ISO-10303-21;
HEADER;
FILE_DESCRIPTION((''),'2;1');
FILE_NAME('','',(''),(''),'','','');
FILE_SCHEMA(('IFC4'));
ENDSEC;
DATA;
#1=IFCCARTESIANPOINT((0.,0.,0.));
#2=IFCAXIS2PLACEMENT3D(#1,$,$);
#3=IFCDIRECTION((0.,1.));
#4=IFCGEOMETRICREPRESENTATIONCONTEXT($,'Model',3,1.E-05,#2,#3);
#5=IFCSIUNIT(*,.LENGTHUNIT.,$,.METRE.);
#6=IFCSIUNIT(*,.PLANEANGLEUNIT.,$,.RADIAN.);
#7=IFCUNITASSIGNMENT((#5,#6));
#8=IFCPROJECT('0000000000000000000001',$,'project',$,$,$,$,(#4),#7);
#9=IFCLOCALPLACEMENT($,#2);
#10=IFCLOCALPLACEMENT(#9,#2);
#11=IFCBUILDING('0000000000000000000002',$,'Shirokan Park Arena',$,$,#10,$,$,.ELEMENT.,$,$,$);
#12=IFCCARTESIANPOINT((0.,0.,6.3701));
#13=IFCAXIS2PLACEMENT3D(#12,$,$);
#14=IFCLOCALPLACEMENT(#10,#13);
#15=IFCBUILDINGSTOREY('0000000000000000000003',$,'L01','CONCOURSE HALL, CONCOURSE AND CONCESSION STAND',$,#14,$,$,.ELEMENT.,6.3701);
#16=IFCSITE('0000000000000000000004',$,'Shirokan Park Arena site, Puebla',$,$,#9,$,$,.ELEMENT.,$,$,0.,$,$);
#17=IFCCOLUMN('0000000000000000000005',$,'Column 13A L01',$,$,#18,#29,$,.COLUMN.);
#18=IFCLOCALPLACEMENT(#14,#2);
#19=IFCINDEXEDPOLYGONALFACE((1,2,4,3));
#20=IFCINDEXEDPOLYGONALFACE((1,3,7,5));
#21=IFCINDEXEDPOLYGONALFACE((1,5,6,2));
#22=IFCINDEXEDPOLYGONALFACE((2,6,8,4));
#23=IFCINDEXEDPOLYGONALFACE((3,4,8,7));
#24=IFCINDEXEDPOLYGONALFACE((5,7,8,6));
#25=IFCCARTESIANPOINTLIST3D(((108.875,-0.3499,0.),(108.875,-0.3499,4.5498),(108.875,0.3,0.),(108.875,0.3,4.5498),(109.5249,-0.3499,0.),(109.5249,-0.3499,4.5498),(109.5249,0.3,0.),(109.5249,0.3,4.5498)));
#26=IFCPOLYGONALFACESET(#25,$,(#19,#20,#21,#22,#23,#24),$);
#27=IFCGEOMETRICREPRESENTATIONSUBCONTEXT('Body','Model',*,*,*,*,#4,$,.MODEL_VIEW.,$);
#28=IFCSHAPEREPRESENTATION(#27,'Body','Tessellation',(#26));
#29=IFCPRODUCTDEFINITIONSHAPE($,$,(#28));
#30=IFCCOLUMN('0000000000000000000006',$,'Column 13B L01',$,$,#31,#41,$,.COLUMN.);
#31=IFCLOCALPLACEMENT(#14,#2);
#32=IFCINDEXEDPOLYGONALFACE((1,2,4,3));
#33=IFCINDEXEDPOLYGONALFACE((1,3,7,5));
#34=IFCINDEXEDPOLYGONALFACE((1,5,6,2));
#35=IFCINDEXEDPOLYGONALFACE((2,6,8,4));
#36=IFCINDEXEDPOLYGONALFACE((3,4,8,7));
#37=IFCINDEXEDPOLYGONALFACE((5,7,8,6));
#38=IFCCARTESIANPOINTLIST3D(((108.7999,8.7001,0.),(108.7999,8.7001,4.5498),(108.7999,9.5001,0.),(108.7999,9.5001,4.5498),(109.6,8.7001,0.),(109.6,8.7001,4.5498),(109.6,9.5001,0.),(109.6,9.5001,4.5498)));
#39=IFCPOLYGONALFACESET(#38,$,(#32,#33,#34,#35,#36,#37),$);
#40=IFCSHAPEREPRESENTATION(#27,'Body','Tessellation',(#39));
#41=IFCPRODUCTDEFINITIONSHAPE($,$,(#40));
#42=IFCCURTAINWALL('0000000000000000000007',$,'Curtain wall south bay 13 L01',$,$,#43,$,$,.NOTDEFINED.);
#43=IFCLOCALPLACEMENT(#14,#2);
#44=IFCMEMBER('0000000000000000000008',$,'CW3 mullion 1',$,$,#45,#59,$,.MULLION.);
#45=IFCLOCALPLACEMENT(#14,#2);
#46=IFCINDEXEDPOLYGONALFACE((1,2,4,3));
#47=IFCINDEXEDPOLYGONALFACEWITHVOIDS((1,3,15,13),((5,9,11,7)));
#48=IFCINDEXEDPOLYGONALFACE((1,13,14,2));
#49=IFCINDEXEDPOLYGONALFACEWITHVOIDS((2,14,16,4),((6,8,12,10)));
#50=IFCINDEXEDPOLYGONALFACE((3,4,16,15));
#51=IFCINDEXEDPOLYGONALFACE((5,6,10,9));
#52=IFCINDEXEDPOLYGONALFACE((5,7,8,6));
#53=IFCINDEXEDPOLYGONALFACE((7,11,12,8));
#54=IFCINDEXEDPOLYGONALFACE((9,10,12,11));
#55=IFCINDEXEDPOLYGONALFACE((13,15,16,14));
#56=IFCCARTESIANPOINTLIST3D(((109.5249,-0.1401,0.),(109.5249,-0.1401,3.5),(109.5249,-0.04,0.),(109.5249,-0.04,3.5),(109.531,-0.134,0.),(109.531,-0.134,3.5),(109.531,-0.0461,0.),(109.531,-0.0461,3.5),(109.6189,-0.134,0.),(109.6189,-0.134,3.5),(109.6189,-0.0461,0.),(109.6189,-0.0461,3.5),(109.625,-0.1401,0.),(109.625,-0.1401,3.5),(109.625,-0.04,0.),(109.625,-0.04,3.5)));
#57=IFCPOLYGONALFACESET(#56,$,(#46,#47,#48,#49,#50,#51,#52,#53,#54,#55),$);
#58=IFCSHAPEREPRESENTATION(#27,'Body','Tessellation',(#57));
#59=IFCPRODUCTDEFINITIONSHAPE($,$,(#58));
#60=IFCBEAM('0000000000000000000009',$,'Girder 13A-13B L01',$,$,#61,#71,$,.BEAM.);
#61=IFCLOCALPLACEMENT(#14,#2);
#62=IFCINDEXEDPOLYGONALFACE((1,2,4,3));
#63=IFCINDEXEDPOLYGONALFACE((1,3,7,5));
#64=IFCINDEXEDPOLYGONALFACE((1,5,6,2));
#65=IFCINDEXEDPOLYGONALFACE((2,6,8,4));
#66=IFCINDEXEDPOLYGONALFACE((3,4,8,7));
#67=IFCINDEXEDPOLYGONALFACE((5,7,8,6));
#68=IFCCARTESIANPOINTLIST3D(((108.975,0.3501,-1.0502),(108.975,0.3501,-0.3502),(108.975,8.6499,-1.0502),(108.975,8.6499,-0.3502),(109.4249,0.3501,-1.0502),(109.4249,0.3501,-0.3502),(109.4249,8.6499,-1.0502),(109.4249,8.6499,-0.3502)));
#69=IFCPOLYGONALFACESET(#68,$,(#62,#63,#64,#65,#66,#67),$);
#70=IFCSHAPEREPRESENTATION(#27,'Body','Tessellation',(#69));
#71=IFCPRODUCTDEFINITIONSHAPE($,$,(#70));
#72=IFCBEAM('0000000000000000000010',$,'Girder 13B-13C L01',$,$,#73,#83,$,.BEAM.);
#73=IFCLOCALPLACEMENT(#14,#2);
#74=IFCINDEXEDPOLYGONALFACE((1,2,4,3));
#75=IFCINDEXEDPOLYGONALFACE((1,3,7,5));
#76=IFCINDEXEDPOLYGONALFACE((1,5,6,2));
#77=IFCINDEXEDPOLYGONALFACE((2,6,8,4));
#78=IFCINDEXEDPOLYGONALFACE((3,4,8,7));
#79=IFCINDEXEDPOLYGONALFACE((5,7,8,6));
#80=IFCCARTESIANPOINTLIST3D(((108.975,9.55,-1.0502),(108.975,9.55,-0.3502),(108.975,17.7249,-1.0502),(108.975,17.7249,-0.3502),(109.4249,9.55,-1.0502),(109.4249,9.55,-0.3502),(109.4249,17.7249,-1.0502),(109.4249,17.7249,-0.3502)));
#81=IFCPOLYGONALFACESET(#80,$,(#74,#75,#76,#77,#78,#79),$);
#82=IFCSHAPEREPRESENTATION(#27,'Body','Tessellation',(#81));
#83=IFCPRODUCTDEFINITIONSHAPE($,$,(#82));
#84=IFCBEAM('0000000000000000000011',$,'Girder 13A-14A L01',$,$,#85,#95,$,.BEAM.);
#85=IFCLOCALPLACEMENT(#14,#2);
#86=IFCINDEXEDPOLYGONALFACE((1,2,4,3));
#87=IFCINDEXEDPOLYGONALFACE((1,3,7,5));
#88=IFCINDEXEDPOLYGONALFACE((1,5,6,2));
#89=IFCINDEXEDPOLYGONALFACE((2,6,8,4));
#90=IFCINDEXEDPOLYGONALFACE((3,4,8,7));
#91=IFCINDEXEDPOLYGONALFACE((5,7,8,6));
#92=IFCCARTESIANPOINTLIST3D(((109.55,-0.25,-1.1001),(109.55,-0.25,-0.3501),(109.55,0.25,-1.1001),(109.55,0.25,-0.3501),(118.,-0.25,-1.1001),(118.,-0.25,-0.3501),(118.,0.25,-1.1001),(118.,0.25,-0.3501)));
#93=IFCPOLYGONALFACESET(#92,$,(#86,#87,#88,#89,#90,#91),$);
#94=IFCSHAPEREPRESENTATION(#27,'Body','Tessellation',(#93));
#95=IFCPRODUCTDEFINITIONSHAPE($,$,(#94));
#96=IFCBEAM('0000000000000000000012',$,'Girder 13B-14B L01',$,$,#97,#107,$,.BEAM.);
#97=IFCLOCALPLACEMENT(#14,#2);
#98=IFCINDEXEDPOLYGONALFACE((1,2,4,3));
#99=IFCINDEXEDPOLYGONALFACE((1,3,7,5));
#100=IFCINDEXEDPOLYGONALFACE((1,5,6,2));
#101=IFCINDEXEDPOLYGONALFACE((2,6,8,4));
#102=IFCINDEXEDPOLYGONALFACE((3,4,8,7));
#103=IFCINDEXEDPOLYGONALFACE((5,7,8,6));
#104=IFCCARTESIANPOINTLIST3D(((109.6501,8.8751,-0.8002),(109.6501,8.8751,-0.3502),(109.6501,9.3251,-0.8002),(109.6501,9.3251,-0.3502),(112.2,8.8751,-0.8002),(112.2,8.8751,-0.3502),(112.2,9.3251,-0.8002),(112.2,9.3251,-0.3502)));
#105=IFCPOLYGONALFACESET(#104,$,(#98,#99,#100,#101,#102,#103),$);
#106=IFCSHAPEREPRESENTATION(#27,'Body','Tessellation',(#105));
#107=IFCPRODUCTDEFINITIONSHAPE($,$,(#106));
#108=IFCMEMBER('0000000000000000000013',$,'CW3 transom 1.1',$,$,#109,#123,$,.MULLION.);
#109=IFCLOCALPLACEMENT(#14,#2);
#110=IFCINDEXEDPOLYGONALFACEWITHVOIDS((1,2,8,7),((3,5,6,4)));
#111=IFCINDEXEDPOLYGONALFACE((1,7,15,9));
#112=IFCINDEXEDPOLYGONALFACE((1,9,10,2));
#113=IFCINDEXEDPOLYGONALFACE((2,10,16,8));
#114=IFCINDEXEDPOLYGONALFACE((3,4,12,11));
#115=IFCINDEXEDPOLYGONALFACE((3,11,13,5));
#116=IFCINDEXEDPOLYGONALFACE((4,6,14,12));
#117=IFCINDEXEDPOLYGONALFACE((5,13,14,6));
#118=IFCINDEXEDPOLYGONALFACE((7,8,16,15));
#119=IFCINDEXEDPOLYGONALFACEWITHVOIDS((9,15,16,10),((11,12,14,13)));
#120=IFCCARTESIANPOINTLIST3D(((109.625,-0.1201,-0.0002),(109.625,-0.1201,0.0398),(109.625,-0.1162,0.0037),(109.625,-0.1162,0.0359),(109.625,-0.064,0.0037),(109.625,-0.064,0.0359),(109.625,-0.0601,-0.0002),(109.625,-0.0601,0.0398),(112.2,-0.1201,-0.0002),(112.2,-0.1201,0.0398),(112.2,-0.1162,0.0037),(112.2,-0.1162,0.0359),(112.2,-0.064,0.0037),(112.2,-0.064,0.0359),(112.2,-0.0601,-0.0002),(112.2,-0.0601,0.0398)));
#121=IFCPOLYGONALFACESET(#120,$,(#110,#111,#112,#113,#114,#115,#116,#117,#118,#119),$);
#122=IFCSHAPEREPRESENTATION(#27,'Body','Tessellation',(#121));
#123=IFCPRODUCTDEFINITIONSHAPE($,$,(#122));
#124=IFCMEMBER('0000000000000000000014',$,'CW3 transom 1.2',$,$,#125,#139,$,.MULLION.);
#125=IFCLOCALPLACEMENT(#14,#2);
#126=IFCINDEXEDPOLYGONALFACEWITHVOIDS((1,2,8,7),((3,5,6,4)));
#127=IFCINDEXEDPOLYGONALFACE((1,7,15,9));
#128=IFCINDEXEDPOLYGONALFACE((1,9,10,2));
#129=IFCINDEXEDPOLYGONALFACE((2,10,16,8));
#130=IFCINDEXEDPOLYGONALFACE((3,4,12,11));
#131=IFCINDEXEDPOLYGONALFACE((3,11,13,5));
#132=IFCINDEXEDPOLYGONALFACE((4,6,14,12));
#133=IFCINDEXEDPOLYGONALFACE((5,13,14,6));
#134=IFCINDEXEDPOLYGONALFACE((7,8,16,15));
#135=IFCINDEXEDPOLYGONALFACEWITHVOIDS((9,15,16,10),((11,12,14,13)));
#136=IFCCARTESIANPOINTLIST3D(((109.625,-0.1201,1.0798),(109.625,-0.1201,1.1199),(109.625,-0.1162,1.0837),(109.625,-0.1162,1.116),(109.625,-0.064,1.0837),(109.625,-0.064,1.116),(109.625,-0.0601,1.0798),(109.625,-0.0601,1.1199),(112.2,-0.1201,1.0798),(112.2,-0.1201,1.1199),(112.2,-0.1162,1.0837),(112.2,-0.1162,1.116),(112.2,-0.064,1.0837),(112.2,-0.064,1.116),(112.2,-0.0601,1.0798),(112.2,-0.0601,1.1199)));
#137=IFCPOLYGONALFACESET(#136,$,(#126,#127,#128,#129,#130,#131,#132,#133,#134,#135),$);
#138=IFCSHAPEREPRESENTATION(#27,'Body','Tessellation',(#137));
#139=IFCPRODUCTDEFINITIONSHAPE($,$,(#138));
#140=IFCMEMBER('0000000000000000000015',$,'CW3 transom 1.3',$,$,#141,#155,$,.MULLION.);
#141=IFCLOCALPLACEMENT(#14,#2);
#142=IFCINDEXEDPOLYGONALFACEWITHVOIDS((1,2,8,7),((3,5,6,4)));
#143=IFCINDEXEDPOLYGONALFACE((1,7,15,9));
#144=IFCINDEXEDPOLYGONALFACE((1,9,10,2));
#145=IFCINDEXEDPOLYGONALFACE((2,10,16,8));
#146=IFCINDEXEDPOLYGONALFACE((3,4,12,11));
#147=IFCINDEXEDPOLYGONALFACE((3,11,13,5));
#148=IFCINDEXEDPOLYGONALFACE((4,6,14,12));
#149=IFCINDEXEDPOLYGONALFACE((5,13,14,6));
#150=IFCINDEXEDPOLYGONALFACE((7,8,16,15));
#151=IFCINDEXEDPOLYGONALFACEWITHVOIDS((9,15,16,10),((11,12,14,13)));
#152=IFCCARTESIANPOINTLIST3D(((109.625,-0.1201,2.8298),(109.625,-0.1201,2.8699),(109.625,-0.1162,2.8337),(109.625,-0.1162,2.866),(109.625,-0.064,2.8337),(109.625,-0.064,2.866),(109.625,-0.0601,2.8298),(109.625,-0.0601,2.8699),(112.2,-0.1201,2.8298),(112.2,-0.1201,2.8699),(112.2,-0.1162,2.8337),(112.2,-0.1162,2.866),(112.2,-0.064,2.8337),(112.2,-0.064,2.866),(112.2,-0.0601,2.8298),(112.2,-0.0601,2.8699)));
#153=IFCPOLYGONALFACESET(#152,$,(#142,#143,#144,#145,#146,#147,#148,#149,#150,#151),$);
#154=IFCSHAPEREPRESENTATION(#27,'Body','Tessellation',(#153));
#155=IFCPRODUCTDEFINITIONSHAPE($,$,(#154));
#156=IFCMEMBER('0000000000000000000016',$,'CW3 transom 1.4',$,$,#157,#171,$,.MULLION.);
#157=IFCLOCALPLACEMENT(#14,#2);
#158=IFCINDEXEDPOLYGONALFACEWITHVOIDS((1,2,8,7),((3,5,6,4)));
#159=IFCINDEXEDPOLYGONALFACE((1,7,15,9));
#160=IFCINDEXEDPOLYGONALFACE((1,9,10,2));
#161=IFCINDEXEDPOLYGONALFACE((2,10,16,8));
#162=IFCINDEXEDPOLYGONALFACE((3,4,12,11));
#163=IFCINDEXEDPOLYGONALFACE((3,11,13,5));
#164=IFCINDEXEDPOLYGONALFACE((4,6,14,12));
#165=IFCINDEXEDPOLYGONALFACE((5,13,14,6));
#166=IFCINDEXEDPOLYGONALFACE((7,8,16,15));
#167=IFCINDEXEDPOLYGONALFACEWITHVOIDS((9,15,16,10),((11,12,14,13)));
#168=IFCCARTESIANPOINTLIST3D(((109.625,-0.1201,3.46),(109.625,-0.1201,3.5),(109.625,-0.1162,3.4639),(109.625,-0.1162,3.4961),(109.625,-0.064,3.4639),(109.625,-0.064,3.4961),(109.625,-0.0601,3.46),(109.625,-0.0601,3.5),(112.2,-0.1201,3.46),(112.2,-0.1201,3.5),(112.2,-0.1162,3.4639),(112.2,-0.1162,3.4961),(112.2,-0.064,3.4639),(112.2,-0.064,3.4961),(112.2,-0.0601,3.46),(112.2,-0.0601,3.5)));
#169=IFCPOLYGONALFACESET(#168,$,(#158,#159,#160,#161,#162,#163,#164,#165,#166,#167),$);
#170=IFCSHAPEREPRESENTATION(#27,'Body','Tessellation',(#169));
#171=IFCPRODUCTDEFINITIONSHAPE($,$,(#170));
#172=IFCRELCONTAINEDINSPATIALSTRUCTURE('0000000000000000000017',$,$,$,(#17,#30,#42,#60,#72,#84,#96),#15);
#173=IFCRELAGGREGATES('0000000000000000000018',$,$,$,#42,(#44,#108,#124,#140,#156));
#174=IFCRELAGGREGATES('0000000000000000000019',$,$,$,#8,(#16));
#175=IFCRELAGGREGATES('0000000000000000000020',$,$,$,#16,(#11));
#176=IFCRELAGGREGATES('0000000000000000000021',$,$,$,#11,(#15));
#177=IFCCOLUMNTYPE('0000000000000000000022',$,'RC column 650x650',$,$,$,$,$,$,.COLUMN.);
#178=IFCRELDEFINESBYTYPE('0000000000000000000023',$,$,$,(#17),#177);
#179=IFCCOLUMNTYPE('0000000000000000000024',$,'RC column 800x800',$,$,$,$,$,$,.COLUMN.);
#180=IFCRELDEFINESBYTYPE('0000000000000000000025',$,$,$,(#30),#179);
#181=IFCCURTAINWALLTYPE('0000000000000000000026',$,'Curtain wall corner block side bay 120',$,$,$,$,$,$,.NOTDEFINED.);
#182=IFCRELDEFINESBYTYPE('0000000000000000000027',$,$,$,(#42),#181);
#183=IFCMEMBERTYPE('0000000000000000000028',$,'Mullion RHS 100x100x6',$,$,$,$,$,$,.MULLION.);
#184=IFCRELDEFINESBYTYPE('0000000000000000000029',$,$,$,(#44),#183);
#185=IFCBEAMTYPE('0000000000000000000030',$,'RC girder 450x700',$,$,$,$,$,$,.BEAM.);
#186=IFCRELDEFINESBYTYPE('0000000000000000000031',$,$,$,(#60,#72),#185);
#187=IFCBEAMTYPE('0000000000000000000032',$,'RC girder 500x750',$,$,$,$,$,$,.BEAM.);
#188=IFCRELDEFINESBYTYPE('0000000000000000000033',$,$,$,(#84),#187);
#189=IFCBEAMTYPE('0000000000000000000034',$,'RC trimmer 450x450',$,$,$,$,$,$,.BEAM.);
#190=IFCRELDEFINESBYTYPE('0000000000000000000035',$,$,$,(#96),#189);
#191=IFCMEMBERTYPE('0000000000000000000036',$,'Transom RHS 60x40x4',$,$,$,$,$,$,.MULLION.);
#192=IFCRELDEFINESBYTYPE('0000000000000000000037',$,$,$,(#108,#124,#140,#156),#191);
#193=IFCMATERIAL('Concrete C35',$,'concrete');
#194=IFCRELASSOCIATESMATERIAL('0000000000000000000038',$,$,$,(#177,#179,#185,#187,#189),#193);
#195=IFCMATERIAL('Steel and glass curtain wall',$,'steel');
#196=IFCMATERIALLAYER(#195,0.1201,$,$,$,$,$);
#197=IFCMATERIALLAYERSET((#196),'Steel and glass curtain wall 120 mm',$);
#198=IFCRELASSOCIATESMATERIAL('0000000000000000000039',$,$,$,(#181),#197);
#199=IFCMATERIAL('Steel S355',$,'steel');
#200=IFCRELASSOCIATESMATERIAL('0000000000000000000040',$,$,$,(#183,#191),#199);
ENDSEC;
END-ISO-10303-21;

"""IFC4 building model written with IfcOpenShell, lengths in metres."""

from ifc_helpers import new_model, si_unit, direction, frame, origin, origin_2d, place, context, subcontext, project, spatial, rectangle, hollow_rectangle, extrude, material, layer, layer_set, material_profile, profile_set, type_object, element, aggregate, save


model = new_model("IFC4")

# Units and contexts
model_context = context("Model", 3, precision=1e-05, world=origin(), true_north=direction((0.0, 1.0)))
body_context = subcontext(model_context, "Body", "Model", "MODEL_VIEW")
ifc_project = project(units=[si_unit("LENGTHUNIT", "METRE"), si_unit("PLANEANGLEUNIT", "RADIAN")], contexts=[model_context])

# Site, building, storey
site_placement = place(None, origin())
site = spatial("IfcSite", under=ifc_project, at=site_placement, Name="Shirokan Park Arena site, Puebla", CompositionType="ELEMENT", RefElevation=0.0)
building_placement = place(site_placement, origin())
building = spatial("IfcBuilding", under=site, at=building_placement, Name="Shirokan Park Arena", CompositionType="ELEMENT")
storey_placement = place(building_placement, frame((0.0, 0.0, 6.3701)))
storey = spatial("IfcBuildingStorey", under=building, at=storey_placement, Name="L01", Description="CONCOURSE HALL, CONCOURSE AND CONCESSION STAND", CompositionType="ELEMENT", Elevation=6.3701)

# Columns
ifc_material_1 = material(Name="Concrete C35", Category="concrete")
ifc_material_profile_1 = material_profile(ifc_material_1, rectangle(XDim=0.6499, YDim=0.6499, at=origin_2d()), Name="650x650")
ifc_profile_set_1 = profile_set([ifc_material_profile_1], Name="Concrete C35")
column_type_1 = type_object("IfcColumnType", Name="RC column 650x650", PredefinedType="COLUMN", material=ifc_profile_set_1)
column_1_placement = place(storey_placement, frame((109.2, -0.0249, 0.0), z_axis=(0.0, 0.0, 1.0), x_axis=(1.0, 0.0, 0.0)))
element("IfcColumn", 1, at=column_1_placement, inside=storey, type_object=column_type_1, Name="Column 13A L01", PredefinedType="COLUMN", context=body_context, shape_type="SweptSolid", body=[
    extrude(rectangle(XDim=0.6499, YDim=0.6499, at=origin_2d()), origin(), (0.0, 0.0, 1.0), 4.5498),
])
ifc_material_profile_2 = material_profile(ifc_material_1, rectangle(XDim=0.8, YDim=0.8, at=origin_2d()), Name="800x800")
ifc_profile_set_2 = profile_set([ifc_material_profile_2], Name="Concrete C35")
column_type_2 = type_object("IfcColumnType", Name="RC column 800x800", PredefinedType="COLUMN", material=ifc_profile_set_2)
column_2_placement = place(storey_placement, frame((109.2, 9.1001, 0.0), z_axis=(0.0, 0.0, 1.0), x_axis=(1.0, 0.0, 0.0)))
element("IfcColumn", 2, at=column_2_placement, inside=storey, type_object=column_type_2, Name="Column 13B L01", PredefinedType="COLUMN", context=body_context, shape_type="SweptSolid", body=[
    extrude(rectangle(XDim=0.8, YDim=0.8, at=origin_2d()), origin(), (0.0, 0.0, 1.0), 4.5498),
])

# Curtain wall, member
ifc_material_2 = material(Name="Steel and glass curtain wall", Category="steel")
ifc_layer_1 = layer(ifc_material_2, 0.1201)
ifc_layer_set_1 = layer_set([ifc_layer_1], Name="Steel and glass curtain wall 120 mm")
curtain_wall_type = type_object("IfcCurtainWallType", Name="Curtain wall corner block side bay 120", PredefinedType="NOTDEFINED", material=ifc_layer_set_1)
curtain_wall_placement = place(storey_placement, origin())
curtain_wall = element("IfcCurtainWall", 3, at=curtain_wall_placement, inside=storey, type_object=curtain_wall_type, Name="Curtain wall south bay 13 L01", PredefinedType="NOTDEFINED")
ifc_material_3 = material(Name="Steel S355", Category="steel")
ifc_material_profile_3 = material_profile(ifc_material_3, hollow_rectangle(XDim=0.1001, YDim=0.1001, WallThickness=0.0061, at=origin_2d()), Name="RHS 100x100x6")
ifc_profile_set_3 = profile_set([ifc_material_profile_3], Name="Steel S355")
member_type_1 = type_object("IfcMemberType", Name="Mullion RHS 100x100x6", PredefinedType="MULLION", material=ifc_profile_set_3)
member_1_placement = place(storey_placement, frame((109.575, -0.0901, 0.0), z_axis=(0.0, 0.0, 1.0), x_axis=(0.0, 1.0, 0.0)))
member_1 = element("IfcMember", 4, at=member_1_placement, type_object=member_type_1, Name="CW3 mullion 1", PredefinedType="MULLION", context=body_context, shape_type="SweptSolid", body=[
    extrude(hollow_rectangle(XDim=0.1001, YDim=0.1001, WallThickness=0.0061, at=origin_2d()), origin(), (0.0, 0.0, 1.0), 3.5),
])

# Beams
ifc_material_profile_4 = material_profile(ifc_material_1, rectangle(XDim=0.45, YDim=0.7, at=origin_2d()), Name="450x700")
ifc_profile_set_4 = profile_set([ifc_material_profile_4], Name="Concrete C35")
beam_type_1 = type_object("IfcBeamType", Name="RC girder 450x700", PredefinedType="BEAM", material=ifc_profile_set_4)
beam_1_placement = place(storey_placement, frame((109.2, 0.3501, -0.7002), z_axis=(0.0, 1.0, 0.0), x_axis=(-1.0, 0.0, 0.0)))
element("IfcBeam", 5, at=beam_1_placement, inside=storey, type_object=beam_type_1, Name="Girder 13A-13B L01", PredefinedType="BEAM", context=body_context, shape_type="SweptSolid", body=[
    extrude(rectangle(XDim=0.45, YDim=0.7, at=origin_2d()), origin(), (0.0, 0.0, 1.0), 8.2998),
])
beam_2_placement = place(storey_placement, frame((109.2, 9.55, -0.7002), z_axis=(0.0, 1.0, 0.0), x_axis=(-1.0, 0.0, 0.0)))
element("IfcBeam", 6, at=beam_2_placement, inside=storey, type_object=beam_type_1, Name="Girder 13B-13C L01", PredefinedType="BEAM", context=body_context, shape_type="SweptSolid", body=[
    extrude(rectangle(XDim=0.45, YDim=0.7, at=origin_2d()), origin(), (0.0, 0.0, 1.0), 8.1748),
])
ifc_material_profile_5 = material_profile(ifc_material_1, rectangle(XDim=0.5, YDim=0.75, at=origin_2d()), Name="500x750")
ifc_profile_set_5 = profile_set([ifc_material_profile_5], Name="Concrete C35")
beam_type_2 = type_object("IfcBeamType", Name="RC girder 500x750", PredefinedType="BEAM", material=ifc_profile_set_5)
beam_3_placement = place(storey_placement, frame((109.55, 0.0, -0.7251), z_axis=(1.0, 0.0, 0.0), x_axis=(0.0, 1.0, 0.0)))
element("IfcBeam", 7, at=beam_3_placement, inside=storey, type_object=beam_type_2, Name="Girder 13A-14A L01", PredefinedType="BEAM", context=body_context, shape_type="SweptSolid", body=[
    extrude(rectangle(XDim=0.5, YDim=0.75, at=origin_2d()), origin(), (0.0, 0.0, 1.0), 8.45),
])
ifc_material_profile_6 = material_profile(ifc_material_1, rectangle(XDim=0.45, YDim=0.45, at=origin_2d()), Name="450x450")
ifc_profile_set_6 = profile_set([ifc_material_profile_6], Name="Concrete C35")
beam_type_3 = type_object("IfcBeamType", Name="RC trimmer 450x450", PredefinedType="BEAM", material=ifc_profile_set_6)
beam_4_placement = place(storey_placement, frame((109.6501, 9.1001, -0.5752), z_axis=(1.0, 0.0, 0.0), x_axis=(0.0, 1.0, 0.0)))
element("IfcBeam", 8, at=beam_4_placement, inside=storey, type_object=beam_type_3, Name="Girder 13B-14B L01", PredefinedType="BEAM", context=body_context, shape_type="SweptSolid", body=[
    extrude(rectangle(XDim=0.45, YDim=0.45, at=origin_2d()), origin(), (0.0, 0.0, 1.0), 2.5498),
])

# Members
ifc_material_profile_7 = material_profile(ifc_material_3, hollow_rectangle(XDim=0.0601, YDim=0.04, WallThickness=0.0039, at=origin_2d()), Name="RHS 60x40x4")
ifc_profile_set_7 = profile_set([ifc_material_profile_7], Name="Steel S355")
member_type_2 = type_object("IfcMemberType", Name="Transom RHS 60x40x4", PredefinedType="MULLION", material=ifc_profile_set_7)
member_2_placement = place(storey_placement, frame((109.625, -0.0901, 0.0198), z_axis=(1.0, 0.0, 0.0), x_axis=(0.0, 1.0, 0.0)))
member_2 = element("IfcMember", 9, at=member_2_placement, type_object=member_type_2, Name="CW3 transom 1.1", PredefinedType="MULLION", context=body_context, shape_type="SweptSolid", body=[
    extrude(hollow_rectangle(XDim=0.0601, YDim=0.04, WallThickness=0.0039, at=origin_2d()), origin(), (0.0, 0.0, 1.0), 2.575),
])
member_3_placement = place(storey_placement, frame((109.625, -0.0901, 1.0999), z_axis=(1.0, 0.0, 0.0), x_axis=(0.0, 1.0, 0.0)))
member_3 = element("IfcMember", 10, at=member_3_placement, type_object=member_type_2, Name="CW3 transom 1.2", PredefinedType="MULLION", context=body_context, shape_type="SweptSolid", body=[
    extrude(hollow_rectangle(XDim=0.0601, YDim=0.04, WallThickness=0.0039, at=origin_2d()), origin(), (0.0, 0.0, 1.0), 2.575),
])
member_4_placement = place(storey_placement, frame((109.625, -0.0901, 2.8499), z_axis=(1.0, 0.0, 0.0), x_axis=(0.0, 1.0, 0.0)))
member_4 = element("IfcMember", 11, at=member_4_placement, type_object=member_type_2, Name="CW3 transom 1.3", PredefinedType="MULLION", context=body_context, shape_type="SweptSolid", body=[
    extrude(hollow_rectangle(XDim=0.0601, YDim=0.04, WallThickness=0.0039, at=origin_2d()), origin(), (0.0, 0.0, 1.0), 2.575),
])
member_5_placement = place(storey_placement, frame((109.625, -0.0901, 3.48), z_axis=(1.0, 0.0, 0.0), x_axis=(0.0, 1.0, 0.0)))
member_5 = element("IfcMember", 12, at=member_5_placement, type_object=member_type_2, Name="CW3 transom 1.4", PredefinedType="MULLION", context=body_context, shape_type="SweptSolid", body=[
    extrude(hollow_rectangle(XDim=0.0601, YDim=0.04, WallThickness=0.0039, at=origin_2d()), origin(), (0.0, 0.0, 1.0), 2.575),
])

aggregate(curtain_wall, [member_1, member_2, member_3, member_4, member_5])

save(model, "model.ifc")
